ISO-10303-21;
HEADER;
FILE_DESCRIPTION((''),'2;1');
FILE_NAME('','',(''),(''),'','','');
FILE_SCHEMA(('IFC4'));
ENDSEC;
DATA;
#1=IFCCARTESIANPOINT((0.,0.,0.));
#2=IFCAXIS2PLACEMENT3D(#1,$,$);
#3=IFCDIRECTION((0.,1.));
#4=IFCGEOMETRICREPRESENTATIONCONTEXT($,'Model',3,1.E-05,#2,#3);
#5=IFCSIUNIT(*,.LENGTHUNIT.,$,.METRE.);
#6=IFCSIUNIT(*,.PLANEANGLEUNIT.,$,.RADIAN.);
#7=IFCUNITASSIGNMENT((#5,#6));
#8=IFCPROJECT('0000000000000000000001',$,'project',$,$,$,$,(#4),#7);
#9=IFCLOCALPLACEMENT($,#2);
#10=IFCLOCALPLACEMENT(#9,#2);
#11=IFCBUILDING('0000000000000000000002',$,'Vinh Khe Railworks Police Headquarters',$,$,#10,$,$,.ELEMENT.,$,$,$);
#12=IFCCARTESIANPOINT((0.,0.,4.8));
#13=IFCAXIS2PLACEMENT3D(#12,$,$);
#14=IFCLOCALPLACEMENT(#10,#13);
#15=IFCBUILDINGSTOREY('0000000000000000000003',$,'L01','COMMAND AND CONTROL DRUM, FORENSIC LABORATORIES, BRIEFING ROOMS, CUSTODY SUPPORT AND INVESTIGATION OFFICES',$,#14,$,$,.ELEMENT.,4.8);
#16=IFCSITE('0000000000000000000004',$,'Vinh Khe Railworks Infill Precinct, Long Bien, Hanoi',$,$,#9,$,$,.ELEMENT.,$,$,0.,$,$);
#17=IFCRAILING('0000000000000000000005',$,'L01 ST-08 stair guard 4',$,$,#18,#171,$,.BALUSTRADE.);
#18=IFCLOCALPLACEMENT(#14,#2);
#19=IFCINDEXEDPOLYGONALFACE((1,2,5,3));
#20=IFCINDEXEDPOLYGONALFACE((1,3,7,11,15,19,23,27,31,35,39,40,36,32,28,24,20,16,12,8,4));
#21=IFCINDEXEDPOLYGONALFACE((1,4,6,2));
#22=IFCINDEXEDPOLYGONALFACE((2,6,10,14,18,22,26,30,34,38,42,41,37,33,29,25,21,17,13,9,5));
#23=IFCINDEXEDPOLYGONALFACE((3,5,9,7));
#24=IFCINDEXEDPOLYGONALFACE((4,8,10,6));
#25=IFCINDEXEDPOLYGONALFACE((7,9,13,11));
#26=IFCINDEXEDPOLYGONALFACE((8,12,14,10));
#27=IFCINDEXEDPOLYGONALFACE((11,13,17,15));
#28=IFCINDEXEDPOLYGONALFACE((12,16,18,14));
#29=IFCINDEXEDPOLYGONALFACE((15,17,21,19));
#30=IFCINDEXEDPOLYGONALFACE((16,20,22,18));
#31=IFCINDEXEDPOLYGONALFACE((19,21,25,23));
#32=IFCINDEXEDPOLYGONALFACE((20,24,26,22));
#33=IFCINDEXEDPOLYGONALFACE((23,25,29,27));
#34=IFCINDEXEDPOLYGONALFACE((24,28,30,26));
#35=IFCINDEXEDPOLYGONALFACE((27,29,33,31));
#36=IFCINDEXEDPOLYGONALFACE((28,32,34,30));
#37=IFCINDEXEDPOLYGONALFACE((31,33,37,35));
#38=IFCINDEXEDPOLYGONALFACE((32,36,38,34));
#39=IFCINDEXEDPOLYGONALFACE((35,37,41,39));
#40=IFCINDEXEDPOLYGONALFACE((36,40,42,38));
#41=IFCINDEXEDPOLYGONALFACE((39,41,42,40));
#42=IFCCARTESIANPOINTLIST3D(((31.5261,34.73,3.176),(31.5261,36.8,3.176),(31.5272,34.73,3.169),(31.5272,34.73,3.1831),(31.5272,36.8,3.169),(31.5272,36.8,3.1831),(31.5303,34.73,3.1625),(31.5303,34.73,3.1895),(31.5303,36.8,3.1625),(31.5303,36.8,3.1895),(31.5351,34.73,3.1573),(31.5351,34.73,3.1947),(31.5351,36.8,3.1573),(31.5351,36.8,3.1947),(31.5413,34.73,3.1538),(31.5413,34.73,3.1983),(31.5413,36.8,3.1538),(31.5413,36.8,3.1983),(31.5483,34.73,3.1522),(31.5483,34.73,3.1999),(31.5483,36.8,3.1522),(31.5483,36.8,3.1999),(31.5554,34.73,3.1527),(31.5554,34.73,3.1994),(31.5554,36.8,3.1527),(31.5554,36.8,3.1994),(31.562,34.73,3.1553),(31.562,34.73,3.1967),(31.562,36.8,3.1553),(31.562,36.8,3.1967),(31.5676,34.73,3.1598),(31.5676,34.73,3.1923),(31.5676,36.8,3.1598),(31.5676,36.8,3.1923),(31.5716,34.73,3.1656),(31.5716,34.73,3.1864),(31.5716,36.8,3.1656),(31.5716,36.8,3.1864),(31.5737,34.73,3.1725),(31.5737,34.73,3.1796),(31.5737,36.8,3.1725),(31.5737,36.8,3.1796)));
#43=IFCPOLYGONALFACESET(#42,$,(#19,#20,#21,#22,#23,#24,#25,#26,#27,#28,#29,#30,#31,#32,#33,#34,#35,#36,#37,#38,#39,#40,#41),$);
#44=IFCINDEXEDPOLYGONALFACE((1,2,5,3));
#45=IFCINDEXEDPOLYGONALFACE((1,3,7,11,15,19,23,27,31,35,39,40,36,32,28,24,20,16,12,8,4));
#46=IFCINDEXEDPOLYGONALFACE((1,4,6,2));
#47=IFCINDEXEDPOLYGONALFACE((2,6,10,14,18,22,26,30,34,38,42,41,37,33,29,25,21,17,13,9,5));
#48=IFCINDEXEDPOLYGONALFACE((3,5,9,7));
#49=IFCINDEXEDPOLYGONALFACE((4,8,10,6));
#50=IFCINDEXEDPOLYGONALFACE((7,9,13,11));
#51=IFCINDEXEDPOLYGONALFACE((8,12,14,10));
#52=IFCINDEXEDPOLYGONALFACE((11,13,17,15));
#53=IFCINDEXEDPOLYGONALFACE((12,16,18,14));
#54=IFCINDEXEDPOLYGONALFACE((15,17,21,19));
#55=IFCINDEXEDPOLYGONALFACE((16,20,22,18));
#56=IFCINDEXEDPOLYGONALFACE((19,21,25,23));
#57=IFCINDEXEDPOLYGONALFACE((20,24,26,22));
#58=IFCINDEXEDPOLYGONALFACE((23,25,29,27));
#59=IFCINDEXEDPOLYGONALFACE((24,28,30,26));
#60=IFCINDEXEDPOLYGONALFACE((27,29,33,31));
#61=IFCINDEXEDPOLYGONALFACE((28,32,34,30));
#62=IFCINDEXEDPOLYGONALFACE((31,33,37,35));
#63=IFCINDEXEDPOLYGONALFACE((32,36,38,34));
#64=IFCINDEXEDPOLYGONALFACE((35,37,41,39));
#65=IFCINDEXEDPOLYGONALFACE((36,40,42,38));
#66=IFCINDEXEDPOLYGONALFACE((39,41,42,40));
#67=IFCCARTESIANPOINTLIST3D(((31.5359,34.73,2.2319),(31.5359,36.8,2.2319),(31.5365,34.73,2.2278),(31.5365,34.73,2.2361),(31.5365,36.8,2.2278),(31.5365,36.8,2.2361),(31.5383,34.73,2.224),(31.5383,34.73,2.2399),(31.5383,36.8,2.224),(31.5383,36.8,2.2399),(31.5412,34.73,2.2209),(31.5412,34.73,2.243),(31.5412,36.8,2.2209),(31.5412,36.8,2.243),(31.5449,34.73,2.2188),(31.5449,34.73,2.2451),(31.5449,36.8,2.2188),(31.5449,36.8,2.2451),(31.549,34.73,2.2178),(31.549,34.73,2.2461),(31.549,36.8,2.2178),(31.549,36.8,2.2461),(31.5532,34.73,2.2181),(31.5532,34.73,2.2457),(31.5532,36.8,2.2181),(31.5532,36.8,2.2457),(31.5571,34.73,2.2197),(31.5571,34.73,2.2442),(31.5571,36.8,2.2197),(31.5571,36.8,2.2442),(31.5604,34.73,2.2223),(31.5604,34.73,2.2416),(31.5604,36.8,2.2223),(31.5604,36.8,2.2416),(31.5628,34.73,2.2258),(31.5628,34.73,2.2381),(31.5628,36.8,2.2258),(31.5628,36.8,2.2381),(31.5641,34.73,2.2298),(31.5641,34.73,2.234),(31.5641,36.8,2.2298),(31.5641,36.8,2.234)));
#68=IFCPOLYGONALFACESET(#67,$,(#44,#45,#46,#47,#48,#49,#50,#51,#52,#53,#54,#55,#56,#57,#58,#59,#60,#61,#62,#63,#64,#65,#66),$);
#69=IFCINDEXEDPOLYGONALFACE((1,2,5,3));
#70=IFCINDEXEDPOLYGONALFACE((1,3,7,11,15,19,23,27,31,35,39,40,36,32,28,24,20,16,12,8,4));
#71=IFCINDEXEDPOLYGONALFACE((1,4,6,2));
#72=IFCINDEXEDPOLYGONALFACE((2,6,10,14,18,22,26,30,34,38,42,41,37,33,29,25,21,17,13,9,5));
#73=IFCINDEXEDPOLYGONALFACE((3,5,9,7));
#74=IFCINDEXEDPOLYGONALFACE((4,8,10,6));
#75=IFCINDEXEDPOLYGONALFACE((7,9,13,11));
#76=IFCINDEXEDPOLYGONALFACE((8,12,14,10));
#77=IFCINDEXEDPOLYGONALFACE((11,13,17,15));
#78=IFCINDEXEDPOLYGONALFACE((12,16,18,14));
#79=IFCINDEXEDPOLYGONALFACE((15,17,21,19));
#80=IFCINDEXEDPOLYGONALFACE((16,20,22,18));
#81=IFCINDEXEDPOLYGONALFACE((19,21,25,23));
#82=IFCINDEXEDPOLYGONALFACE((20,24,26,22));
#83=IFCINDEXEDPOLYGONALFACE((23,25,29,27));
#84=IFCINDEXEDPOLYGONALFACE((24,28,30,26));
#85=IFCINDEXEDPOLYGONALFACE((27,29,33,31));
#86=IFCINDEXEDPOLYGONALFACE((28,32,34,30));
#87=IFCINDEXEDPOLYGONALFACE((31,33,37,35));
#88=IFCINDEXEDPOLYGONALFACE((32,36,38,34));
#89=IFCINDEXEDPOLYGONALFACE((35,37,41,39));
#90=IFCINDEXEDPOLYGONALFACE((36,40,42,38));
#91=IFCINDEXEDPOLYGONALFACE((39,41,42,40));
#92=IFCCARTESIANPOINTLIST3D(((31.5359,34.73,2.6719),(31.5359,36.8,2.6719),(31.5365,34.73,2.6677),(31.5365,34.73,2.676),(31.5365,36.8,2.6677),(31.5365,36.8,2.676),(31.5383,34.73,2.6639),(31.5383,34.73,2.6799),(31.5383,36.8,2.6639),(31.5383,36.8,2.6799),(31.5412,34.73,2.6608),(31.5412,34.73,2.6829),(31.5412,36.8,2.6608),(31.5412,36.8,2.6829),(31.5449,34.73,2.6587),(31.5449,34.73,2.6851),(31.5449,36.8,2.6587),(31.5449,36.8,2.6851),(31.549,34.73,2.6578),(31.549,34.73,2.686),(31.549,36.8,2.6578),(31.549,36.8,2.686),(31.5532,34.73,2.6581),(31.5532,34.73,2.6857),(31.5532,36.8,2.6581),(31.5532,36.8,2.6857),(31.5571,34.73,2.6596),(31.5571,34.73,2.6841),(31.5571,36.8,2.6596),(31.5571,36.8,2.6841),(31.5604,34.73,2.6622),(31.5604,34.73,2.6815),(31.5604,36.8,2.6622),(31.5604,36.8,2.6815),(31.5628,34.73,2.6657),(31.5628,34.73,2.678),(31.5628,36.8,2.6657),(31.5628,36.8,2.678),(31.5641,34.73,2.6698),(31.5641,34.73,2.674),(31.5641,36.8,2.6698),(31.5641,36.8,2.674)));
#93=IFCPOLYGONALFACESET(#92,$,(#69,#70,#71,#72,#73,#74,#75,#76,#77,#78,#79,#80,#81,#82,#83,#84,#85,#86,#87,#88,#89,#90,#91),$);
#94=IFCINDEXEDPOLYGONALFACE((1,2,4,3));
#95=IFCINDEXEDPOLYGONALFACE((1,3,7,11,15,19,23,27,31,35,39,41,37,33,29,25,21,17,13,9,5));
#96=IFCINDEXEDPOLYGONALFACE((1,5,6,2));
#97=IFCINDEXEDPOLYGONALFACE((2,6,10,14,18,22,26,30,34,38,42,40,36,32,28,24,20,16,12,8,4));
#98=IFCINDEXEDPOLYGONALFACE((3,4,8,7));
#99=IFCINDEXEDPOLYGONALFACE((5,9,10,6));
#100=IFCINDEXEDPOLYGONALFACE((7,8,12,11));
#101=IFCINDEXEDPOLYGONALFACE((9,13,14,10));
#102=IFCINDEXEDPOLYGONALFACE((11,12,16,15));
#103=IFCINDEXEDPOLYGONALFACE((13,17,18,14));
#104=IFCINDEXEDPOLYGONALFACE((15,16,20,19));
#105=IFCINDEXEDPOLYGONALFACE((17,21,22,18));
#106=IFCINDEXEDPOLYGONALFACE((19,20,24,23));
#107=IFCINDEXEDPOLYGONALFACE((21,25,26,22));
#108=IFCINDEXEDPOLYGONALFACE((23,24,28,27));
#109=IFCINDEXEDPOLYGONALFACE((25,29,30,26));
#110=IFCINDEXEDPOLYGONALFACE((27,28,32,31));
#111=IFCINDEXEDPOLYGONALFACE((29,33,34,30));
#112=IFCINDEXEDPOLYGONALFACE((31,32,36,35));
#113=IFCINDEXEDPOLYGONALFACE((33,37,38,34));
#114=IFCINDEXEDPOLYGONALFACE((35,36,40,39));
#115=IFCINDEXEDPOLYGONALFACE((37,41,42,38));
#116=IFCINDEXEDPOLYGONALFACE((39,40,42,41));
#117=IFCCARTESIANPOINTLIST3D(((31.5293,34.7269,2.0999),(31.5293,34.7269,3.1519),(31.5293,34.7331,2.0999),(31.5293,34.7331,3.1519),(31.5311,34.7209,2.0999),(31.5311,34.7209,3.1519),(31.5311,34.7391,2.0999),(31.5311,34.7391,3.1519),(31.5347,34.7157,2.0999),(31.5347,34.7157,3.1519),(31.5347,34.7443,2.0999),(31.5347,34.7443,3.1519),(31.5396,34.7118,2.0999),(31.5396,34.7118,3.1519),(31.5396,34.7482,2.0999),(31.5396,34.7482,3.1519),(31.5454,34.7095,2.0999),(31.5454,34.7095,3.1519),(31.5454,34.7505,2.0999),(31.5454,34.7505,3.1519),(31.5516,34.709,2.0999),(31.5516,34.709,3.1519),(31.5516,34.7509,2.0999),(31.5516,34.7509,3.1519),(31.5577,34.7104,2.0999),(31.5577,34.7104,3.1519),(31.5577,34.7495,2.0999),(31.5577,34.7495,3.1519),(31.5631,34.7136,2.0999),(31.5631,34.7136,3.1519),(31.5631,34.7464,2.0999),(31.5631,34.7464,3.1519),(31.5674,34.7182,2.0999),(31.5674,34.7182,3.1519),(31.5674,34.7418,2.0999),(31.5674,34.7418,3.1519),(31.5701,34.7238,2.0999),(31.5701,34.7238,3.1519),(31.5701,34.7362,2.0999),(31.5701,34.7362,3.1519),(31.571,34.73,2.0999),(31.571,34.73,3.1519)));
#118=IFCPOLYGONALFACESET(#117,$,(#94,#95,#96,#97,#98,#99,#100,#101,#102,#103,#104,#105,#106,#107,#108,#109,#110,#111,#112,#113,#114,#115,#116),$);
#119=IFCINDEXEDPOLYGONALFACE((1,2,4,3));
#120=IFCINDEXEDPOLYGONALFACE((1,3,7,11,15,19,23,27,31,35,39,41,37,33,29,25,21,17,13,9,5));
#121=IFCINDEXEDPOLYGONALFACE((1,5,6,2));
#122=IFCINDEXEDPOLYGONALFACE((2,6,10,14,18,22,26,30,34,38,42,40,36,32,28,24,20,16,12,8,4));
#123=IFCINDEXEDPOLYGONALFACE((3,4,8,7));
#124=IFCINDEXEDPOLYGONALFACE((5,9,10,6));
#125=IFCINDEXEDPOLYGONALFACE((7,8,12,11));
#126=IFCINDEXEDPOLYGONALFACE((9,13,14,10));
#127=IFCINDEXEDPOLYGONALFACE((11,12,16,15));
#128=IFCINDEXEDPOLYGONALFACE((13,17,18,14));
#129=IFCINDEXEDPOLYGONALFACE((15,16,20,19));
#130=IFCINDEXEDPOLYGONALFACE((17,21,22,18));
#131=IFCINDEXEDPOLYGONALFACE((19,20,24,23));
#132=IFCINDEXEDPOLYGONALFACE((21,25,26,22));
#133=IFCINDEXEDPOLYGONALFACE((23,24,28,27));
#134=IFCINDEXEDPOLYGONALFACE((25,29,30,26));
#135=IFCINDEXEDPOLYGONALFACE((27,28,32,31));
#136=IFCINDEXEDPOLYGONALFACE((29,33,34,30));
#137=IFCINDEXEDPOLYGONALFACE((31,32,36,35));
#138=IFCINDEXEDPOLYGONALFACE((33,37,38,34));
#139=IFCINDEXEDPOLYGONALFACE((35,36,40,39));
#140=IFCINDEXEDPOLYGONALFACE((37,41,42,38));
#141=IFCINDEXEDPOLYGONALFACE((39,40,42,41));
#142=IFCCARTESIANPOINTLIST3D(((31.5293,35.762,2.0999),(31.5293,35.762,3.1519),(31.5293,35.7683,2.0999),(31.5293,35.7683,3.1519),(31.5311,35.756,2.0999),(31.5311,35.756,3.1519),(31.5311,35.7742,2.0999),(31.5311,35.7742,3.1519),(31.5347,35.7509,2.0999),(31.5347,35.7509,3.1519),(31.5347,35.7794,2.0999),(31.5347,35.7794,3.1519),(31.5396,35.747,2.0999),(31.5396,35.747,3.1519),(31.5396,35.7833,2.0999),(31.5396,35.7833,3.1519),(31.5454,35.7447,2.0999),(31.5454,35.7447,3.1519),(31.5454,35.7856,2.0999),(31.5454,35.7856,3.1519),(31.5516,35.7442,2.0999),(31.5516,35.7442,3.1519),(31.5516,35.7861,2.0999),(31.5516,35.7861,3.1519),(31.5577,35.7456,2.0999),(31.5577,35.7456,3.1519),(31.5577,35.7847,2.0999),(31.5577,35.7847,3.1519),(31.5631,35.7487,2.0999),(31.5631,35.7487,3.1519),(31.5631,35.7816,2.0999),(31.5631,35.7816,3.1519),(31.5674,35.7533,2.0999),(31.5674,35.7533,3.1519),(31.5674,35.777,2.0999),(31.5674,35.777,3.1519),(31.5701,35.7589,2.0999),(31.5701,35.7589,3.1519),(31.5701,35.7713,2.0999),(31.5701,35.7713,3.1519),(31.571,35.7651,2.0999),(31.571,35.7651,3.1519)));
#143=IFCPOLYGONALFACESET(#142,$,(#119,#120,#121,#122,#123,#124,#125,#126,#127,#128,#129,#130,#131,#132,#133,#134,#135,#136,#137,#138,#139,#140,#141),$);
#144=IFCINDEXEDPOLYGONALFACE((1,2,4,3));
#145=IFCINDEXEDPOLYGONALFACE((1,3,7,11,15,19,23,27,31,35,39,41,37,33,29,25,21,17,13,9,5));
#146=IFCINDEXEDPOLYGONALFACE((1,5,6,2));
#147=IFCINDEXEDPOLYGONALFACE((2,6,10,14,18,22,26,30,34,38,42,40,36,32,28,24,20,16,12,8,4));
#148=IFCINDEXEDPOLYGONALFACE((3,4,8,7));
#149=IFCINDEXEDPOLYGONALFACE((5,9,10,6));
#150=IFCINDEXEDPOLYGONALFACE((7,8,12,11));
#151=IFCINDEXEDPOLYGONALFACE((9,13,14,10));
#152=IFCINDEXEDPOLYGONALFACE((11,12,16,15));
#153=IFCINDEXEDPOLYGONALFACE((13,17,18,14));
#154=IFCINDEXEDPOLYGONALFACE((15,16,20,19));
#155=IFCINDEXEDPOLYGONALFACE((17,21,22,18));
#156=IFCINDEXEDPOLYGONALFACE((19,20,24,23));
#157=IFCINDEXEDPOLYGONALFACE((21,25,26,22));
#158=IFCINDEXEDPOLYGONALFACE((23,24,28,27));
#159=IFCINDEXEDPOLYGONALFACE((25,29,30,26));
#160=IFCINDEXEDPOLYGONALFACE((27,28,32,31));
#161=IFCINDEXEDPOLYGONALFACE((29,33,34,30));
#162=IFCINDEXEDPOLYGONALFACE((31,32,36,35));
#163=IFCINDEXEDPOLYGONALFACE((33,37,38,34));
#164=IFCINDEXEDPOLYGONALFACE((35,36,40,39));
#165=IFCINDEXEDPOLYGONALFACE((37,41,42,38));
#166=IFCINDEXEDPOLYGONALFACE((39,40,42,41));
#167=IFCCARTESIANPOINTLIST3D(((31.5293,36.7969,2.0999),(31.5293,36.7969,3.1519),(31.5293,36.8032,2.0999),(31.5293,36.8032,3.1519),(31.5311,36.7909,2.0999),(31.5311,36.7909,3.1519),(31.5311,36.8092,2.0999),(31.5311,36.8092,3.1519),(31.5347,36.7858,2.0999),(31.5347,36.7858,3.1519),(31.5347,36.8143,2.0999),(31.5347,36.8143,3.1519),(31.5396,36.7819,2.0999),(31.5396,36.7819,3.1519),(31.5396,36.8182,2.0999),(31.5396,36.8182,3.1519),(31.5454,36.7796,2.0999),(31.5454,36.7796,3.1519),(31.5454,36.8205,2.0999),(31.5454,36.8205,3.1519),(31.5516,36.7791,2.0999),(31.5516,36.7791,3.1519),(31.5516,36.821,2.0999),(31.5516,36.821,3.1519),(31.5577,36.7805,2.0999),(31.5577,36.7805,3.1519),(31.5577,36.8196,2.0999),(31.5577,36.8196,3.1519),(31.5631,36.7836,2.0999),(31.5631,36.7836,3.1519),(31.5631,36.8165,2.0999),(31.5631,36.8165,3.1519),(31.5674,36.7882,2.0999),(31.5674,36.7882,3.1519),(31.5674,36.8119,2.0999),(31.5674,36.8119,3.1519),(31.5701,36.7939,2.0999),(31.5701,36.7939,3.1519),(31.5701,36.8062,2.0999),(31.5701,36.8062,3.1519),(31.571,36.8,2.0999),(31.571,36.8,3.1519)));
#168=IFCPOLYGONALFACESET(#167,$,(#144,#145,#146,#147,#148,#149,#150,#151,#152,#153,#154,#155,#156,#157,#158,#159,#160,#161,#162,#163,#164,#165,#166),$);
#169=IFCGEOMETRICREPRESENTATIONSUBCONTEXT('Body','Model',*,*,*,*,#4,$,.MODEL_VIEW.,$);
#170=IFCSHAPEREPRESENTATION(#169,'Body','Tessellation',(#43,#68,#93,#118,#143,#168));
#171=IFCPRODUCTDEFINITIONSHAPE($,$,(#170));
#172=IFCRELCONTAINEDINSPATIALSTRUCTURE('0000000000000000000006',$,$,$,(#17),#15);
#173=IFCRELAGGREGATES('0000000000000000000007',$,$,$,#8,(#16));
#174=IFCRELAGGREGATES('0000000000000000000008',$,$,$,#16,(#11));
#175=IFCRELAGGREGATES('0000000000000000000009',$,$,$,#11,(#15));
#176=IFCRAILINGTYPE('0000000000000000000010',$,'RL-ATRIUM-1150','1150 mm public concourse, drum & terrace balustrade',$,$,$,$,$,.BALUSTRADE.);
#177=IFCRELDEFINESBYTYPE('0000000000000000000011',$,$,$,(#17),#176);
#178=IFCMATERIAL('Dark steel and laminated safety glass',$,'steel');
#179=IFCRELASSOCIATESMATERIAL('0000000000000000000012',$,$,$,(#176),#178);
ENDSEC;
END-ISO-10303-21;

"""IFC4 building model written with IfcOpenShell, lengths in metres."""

from ifc_helpers import new_model, si_unit, direction, frame, origin, origin_2d, place, context, subcontext, project, spatial, circle, extrude, material, type_object, element, save


model = new_model("IFC4")

# Units and contexts
model_context = context("Model", 3, precision=1e-05, world=origin(), true_north=direction((0.0, 1.0)))
body_context = subcontext(model_context, "Body", "Model", "MODEL_VIEW")
ifc_project = project(units=[si_unit("LENGTHUNIT", "METRE"), si_unit("PLANEANGLEUNIT", "RADIAN")], contexts=[model_context])

# Site, building, storey
site_placement = place(None, origin())
site = spatial("IfcSite", under=ifc_project, at=site_placement, Name="Vinh Khe Railworks Infill Precinct, Long Bien, Hanoi", CompositionType="ELEMENT", RefElevation=0.0)
building_placement = place(site_placement, origin())
building = spatial("IfcBuilding", under=site, at=building_placement, Name="Vinh Khe Railworks Police Headquarters", CompositionType="ELEMENT")
storey_placement = place(building_placement, frame((0.0, 0.0, 4.8)))
storey = spatial("IfcBuildingStorey", under=building, at=storey_placement, Name="L01", Description="COMMAND AND CONTROL DRUM, FORENSIC LABORATORIES, BRIEFING ROOMS, CUSTODY SUPPORT AND INVESTIGATION OFFICES", CompositionType="ELEMENT", Elevation=4.8)

# Railing
ifc_material_1 = material(Name="Dark steel and laminated safety glass", Category="steel")
railing_type_1 = type_object("IfcRailingType", Name="RL-ATRIUM-1150", Description="1150 mm public concourse, drum & terrace balustrade", PredefinedType="BALUSTRADE", material=ifc_material_1)
for number, where, name in (
    (1, (31.55, 34.73, 2.0999), "L01 ST-08 stair guard 4"),
):
    element("IfcRailing", number, at=place(storey_placement, frame(where)), inside=storey, type_object=railing_type_1, Name=name, PredefinedType="BALUSTRADE", context=body_context, shape_type="SweptSolid", body=[
        extrude(circle(Radius=0.0239, at=origin_2d()), frame((0.0, 0.0, 1.0762), z_axis=(0.0, 1.0, 0.0), x_axis=(-1.0, 0.0, 0.0)), (0.0, 0.0, 1.0), 2.0701),
        extrude(circle(Radius=0.0142, at=origin_2d()), frame((0.0, 0.0, 0.1321), z_axis=(0.0, 1.0, 0.0), x_axis=(-1.0, 0.0, 0.0)), (0.0, 0.0, 1.0), 2.0701),
        extrude(circle(Radius=0.0142, at=origin_2d()), frame((0.0, 0.0, 0.572), z_axis=(0.0, 1.0, 0.0), x_axis=(-1.0, 0.0, 0.0)), (0.0, 0.0, 1.0), 2.0701),
        extrude(circle(Radius=0.021, at=origin_2d()), origin(), (0.0, 0.0, 1.0), 1.052),
        extrude(circle(Radius=0.021, at=origin_2d()), frame((0.0, 1.0352, 0.0)), (0.0, 0.0, 1.0), 1.052),
        extrude(circle(Radius=0.021, at=origin_2d()), frame((0.0, 2.0701, 0.0)), (0.0, 0.0, 1.0), 1.052),
    ])

save(model, "model.ifc")
